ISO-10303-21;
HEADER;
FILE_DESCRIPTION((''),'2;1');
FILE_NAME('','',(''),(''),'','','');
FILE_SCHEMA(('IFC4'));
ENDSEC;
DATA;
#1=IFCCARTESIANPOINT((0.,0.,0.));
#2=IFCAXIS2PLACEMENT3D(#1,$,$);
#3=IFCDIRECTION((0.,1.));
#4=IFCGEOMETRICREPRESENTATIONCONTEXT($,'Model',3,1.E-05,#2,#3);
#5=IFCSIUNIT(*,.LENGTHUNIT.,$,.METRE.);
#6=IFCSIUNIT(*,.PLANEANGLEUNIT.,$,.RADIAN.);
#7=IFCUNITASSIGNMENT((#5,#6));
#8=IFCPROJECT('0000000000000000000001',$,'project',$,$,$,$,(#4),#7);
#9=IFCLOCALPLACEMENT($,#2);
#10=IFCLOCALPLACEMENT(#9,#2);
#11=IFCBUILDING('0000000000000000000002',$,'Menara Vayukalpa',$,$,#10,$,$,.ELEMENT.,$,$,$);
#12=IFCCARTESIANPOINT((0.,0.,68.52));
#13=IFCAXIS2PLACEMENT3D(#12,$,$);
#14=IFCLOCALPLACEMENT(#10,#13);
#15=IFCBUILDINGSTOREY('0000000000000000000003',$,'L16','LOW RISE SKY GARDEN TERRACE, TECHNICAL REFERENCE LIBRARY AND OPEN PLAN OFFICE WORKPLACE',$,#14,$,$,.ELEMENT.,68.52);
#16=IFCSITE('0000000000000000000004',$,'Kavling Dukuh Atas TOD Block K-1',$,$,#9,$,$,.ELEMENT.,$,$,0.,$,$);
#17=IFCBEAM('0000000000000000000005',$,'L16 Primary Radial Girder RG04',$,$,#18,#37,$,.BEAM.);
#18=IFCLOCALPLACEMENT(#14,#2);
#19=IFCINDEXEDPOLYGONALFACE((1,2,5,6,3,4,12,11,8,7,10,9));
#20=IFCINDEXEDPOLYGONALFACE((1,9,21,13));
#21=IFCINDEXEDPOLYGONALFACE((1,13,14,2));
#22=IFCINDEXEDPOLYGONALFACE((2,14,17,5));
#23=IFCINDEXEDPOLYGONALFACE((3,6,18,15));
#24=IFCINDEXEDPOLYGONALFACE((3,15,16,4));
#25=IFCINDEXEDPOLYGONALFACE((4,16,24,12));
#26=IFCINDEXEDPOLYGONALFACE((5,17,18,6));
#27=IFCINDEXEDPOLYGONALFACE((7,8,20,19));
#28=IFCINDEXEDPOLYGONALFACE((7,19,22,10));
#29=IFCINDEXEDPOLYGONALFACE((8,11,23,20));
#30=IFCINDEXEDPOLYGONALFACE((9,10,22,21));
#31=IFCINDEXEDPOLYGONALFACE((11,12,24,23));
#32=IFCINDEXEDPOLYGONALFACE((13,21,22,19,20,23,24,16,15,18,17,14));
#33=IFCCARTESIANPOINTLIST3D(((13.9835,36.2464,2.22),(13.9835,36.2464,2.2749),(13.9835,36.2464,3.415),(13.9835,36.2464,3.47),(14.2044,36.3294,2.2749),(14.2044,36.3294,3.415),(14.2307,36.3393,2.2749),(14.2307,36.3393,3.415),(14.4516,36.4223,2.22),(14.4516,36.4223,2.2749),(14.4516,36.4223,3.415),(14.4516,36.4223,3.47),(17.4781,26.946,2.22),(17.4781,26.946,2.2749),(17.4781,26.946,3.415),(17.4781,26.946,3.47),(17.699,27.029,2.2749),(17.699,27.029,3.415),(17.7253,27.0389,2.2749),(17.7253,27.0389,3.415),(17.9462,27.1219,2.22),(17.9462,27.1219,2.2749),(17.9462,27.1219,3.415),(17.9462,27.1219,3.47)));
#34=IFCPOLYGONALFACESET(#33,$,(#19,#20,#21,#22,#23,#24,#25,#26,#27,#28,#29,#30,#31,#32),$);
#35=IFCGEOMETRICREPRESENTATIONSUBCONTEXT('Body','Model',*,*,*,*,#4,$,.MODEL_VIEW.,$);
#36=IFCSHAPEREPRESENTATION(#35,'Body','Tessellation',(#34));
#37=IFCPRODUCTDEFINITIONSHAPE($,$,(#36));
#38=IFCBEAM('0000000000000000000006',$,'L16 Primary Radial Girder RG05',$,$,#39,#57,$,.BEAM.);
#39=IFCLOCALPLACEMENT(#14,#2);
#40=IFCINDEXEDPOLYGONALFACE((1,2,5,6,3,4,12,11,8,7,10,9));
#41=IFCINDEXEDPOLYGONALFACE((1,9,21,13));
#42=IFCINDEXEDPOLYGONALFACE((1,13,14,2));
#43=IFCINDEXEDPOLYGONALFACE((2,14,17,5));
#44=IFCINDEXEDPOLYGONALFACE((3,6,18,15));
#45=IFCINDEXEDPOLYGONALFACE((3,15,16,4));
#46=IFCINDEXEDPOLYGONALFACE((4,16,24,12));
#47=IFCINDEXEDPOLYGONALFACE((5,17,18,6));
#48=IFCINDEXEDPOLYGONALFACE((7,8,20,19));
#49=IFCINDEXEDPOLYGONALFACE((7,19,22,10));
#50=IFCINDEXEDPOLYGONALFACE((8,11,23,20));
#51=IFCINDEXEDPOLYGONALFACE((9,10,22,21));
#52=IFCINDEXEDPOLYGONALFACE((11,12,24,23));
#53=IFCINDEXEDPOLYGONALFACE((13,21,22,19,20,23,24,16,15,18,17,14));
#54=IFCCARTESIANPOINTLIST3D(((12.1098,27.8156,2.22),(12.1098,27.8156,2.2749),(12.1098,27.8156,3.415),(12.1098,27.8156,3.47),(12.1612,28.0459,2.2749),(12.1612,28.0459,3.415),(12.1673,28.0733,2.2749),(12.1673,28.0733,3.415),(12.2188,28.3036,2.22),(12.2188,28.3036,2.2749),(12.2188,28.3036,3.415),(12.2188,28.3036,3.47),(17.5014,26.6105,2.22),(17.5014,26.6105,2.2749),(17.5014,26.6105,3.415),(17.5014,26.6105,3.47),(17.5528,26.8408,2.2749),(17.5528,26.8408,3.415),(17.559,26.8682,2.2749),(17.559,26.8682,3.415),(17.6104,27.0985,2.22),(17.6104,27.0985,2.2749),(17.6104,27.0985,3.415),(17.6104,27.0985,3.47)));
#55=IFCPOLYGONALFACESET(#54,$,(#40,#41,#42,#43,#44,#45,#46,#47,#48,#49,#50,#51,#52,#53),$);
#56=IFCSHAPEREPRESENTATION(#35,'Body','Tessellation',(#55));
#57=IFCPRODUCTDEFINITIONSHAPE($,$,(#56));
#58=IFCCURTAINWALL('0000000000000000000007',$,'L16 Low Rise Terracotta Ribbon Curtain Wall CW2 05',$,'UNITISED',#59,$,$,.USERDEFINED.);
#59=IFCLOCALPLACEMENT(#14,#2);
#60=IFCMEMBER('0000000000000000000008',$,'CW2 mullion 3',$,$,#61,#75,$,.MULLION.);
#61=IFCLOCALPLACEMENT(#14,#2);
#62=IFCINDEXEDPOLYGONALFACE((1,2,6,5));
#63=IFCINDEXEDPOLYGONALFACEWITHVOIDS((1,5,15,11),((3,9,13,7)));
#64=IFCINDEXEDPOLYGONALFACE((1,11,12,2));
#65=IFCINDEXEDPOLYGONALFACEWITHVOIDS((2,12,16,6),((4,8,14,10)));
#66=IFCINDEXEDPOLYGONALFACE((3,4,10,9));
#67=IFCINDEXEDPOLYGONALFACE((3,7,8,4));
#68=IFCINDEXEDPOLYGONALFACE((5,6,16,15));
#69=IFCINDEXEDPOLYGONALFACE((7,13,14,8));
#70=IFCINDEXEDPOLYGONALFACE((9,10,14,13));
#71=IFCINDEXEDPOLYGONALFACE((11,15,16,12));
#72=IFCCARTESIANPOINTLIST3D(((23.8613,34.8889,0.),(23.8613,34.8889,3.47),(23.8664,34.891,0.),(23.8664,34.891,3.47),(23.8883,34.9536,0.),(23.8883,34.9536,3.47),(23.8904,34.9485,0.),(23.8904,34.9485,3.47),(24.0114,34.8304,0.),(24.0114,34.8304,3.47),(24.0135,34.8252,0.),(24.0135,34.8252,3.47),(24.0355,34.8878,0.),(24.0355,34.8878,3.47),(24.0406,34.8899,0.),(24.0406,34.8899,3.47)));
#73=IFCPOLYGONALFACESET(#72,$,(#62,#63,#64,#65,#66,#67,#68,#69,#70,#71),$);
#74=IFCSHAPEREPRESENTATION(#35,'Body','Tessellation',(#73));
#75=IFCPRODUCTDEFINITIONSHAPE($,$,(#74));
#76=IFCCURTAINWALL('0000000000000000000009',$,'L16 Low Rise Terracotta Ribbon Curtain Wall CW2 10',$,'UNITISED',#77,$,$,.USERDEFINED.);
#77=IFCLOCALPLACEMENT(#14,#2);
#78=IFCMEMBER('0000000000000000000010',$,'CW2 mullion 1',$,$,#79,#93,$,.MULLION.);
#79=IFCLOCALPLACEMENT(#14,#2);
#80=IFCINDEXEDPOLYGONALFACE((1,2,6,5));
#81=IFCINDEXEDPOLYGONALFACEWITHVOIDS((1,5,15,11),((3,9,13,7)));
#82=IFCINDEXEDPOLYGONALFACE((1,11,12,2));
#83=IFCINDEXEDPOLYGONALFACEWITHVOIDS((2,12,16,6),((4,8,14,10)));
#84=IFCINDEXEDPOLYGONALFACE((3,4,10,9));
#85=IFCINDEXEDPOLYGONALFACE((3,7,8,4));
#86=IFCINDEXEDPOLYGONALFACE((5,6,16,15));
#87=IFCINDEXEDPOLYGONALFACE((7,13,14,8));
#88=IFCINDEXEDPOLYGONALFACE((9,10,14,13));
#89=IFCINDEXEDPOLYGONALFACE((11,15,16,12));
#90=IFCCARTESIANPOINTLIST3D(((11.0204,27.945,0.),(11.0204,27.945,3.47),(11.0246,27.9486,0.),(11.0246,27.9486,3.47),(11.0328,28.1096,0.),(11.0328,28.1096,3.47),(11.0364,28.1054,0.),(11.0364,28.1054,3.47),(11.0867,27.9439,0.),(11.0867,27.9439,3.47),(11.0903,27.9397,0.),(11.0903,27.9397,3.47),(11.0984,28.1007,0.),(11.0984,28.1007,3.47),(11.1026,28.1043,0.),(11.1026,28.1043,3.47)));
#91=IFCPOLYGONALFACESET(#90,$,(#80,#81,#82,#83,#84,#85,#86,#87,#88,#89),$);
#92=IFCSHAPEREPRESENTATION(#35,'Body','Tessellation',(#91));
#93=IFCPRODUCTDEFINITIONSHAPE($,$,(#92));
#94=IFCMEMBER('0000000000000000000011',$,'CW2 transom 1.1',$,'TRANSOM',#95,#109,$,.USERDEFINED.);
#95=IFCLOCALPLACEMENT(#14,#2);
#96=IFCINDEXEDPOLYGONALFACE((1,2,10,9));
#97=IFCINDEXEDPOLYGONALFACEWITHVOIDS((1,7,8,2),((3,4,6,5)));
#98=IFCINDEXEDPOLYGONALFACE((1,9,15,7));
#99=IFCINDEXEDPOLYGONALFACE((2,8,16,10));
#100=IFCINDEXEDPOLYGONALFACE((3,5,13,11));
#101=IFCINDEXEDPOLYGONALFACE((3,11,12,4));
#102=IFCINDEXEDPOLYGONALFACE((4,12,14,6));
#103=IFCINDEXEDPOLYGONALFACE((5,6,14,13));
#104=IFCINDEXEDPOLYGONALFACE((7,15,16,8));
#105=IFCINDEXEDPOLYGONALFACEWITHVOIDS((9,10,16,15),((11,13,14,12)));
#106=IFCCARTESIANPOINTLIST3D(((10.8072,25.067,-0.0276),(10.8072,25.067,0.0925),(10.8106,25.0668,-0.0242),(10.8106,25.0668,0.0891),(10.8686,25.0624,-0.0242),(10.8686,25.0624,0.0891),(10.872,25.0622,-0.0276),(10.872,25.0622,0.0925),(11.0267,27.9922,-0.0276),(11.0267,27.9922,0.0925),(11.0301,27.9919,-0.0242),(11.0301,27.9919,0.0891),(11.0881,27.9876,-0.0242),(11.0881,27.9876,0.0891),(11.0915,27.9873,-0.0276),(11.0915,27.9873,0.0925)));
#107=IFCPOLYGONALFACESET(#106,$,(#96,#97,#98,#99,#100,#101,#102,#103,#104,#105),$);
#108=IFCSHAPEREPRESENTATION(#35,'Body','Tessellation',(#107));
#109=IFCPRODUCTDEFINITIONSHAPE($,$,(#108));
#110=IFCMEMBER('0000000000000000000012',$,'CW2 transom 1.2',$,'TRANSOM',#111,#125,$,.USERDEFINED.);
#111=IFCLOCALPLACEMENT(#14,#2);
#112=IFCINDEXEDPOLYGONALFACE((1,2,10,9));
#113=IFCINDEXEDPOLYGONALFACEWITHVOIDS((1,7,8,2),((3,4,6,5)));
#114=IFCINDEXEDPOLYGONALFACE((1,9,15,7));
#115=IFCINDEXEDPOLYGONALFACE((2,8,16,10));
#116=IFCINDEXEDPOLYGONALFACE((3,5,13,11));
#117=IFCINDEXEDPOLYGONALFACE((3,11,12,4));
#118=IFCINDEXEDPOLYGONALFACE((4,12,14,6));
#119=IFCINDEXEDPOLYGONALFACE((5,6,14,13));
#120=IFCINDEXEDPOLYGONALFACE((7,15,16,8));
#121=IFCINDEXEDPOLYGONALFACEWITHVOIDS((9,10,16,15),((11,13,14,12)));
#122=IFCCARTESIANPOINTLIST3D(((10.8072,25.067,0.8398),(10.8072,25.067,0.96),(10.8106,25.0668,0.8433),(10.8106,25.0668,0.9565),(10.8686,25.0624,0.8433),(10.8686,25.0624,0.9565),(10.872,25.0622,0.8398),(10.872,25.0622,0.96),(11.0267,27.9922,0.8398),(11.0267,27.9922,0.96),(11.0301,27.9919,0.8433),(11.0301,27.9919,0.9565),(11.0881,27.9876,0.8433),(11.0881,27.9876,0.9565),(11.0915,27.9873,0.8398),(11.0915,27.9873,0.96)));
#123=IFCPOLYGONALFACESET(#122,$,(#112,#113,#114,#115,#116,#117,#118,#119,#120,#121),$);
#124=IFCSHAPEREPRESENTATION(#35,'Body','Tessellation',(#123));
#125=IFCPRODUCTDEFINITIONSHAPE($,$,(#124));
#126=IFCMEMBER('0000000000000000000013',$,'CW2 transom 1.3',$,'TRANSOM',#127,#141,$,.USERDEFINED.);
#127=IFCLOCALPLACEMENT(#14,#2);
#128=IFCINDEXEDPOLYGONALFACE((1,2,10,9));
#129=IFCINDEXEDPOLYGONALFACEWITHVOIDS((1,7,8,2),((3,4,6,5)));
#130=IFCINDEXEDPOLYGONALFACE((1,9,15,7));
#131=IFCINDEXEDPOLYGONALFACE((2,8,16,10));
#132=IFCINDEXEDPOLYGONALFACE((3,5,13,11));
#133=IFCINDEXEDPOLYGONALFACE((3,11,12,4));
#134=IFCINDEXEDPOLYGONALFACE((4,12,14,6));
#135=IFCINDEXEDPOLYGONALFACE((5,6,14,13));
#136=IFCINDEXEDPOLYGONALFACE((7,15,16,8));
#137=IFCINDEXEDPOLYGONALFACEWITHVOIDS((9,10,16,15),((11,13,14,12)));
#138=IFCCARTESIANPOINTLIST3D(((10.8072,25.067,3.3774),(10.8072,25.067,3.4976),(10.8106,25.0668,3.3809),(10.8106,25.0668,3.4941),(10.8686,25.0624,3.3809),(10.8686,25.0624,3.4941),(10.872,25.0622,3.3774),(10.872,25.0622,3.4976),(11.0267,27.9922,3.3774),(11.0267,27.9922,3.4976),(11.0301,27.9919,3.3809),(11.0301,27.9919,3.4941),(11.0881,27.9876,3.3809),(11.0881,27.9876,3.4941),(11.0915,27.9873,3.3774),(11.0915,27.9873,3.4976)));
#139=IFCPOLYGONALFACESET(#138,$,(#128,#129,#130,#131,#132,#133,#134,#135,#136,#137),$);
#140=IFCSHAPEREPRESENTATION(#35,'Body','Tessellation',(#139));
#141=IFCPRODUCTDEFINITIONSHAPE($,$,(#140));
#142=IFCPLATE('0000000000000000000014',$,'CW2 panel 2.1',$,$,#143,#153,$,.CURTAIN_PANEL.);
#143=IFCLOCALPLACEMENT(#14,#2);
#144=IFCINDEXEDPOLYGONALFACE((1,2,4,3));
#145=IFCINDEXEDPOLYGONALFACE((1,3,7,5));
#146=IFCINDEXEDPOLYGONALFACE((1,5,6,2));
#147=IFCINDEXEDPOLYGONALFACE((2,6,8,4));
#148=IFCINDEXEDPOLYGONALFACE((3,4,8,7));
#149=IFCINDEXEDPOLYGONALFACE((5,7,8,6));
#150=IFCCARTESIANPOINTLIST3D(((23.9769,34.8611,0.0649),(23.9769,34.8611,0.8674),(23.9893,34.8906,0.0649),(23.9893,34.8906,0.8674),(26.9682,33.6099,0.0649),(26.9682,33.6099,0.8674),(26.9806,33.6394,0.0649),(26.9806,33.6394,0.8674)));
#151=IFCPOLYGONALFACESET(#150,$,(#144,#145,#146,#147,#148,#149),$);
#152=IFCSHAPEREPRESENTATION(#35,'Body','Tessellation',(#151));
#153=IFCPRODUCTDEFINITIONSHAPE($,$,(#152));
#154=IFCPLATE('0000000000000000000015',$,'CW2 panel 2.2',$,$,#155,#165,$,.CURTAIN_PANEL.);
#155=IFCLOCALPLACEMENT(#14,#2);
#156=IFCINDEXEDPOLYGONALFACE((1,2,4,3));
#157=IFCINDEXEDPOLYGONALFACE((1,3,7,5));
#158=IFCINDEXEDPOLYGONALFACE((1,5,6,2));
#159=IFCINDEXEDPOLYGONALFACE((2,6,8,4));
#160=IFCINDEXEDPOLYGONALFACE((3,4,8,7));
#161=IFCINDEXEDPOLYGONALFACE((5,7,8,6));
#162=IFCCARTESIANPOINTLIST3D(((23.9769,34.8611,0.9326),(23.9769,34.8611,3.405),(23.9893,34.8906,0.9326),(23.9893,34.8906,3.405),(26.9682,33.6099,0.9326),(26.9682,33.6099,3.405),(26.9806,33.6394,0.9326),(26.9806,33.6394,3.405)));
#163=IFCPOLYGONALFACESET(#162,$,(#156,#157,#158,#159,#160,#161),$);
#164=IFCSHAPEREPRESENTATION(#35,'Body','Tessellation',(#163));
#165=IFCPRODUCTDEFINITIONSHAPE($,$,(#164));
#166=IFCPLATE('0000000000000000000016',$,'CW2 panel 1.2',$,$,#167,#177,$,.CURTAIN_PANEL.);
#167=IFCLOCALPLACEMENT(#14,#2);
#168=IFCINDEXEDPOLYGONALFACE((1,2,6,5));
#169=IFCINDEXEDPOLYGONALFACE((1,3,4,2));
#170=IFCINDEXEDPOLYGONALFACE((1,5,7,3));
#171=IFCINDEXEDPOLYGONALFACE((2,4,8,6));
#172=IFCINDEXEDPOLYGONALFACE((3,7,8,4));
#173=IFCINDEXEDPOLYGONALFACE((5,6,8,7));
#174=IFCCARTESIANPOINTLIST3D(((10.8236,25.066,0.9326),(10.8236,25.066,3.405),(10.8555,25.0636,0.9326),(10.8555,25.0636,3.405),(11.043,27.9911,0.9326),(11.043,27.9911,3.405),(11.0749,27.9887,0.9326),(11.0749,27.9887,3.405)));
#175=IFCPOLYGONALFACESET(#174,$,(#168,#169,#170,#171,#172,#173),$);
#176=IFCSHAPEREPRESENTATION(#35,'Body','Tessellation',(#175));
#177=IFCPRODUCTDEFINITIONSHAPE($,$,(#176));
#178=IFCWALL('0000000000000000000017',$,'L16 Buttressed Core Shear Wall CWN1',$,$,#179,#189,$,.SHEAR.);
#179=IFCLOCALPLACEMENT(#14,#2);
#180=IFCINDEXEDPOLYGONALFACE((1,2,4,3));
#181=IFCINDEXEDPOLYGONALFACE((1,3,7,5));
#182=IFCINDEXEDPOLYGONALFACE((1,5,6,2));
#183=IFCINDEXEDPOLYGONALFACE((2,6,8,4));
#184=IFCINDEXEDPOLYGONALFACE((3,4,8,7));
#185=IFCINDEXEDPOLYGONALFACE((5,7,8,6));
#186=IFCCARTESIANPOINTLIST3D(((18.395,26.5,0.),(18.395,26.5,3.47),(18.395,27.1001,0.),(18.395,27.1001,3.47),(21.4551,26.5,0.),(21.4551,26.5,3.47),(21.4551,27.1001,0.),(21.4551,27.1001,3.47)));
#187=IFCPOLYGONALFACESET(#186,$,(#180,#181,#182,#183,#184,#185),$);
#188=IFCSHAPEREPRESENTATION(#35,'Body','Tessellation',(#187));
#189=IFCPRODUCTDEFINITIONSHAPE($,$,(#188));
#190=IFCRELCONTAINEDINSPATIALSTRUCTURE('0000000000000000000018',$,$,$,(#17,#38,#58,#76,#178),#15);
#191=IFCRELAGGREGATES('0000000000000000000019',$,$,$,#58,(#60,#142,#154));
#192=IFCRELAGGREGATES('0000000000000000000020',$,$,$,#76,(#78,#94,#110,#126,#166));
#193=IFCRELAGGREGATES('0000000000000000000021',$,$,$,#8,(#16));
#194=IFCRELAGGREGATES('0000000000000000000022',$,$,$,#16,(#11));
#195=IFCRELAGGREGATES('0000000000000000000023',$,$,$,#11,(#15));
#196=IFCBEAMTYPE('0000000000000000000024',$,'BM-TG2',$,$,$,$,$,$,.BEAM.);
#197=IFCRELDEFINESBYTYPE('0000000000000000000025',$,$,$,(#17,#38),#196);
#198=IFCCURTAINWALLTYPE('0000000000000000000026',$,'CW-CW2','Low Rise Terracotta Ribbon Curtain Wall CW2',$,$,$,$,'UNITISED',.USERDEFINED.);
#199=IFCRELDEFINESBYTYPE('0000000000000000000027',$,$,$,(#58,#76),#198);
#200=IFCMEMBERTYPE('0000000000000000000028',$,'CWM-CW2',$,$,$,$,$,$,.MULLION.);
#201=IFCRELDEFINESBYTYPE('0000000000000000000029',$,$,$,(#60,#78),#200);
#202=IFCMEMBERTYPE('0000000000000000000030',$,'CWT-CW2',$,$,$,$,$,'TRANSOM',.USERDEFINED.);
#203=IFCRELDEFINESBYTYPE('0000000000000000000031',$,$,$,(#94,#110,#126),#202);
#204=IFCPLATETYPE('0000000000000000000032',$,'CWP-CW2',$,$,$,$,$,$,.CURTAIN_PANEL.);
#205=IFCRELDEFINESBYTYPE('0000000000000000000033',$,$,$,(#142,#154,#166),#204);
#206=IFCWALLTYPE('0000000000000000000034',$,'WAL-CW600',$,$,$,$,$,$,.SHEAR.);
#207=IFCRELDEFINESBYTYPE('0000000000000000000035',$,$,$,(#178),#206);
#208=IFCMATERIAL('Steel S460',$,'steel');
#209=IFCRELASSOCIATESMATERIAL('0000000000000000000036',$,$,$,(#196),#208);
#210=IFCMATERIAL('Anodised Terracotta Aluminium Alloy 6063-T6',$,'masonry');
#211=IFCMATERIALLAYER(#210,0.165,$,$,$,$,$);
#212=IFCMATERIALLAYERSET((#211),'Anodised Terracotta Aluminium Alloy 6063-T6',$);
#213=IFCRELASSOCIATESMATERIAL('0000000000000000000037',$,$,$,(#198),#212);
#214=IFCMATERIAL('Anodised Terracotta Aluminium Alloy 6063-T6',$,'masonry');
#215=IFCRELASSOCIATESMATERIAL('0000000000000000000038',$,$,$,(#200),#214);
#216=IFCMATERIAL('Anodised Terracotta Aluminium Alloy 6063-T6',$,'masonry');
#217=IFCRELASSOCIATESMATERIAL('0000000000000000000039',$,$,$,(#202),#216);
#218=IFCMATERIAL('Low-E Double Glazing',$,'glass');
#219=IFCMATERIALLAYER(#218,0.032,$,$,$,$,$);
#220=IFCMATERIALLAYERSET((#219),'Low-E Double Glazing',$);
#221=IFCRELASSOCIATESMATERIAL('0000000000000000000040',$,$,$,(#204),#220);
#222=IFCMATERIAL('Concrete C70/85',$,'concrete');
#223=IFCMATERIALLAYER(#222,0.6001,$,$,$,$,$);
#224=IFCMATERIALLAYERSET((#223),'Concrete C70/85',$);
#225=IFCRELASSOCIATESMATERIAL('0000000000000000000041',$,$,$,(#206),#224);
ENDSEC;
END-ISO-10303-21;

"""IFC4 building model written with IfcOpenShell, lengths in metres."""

from ifc_helpers import new_model, si_unit, direction, frame, frame_2d, origin, origin_2d, place, context, subcontext, project, spatial, rectangle, hollow_rectangle, i_section, extrude, material, layer, layer_set, material_profile, profile_set, type_object, element, aggregate, save


model = new_model("IFC4")

# Units and contexts
model_context = context("Model", 3, precision=1e-05, world=origin(), true_north=direction((0.0, 1.0)))
body_context = subcontext(model_context, "Body", "Model", "MODEL_VIEW")
ifc_project = project(units=[si_unit("LENGTHUNIT", "METRE"), si_unit("PLANEANGLEUNIT", "RADIAN")], contexts=[model_context])

# Site, building, storey
site_placement = place(None, origin())
site = spatial("IfcSite", under=ifc_project, at=site_placement, Name="Kavling Dukuh Atas TOD Block K-1", CompositionType="ELEMENT", RefElevation=0.0)
building_placement = place(site_placement, origin())
building = spatial("IfcBuilding", under=site, at=building_placement, Name="Menara Vayukalpa", CompositionType="ELEMENT")
storey_placement = place(building_placement, frame((0.0, 0.0, 68.52)))
storey = spatial("IfcBuildingStorey", under=building, at=storey_placement, Name="L16", Description="LOW RISE SKY GARDEN TERRACE, TECHNICAL REFERENCE LIBRARY AND OPEN PLAN OFFICE WORKPLACE", CompositionType="ELEMENT", Elevation=68.52)

# Beams
ifc_material_1 = material(Name="Steel S460", Category="steel")
ifc_material_profile_1 = material_profile(ifc_material_1, i_section(OverallWidth=0.5, OverallDepth=1.25, WebThickness=0.0281, FlangeThickness=0.0549, at=origin_2d()), Name="WG 1250x500x28x55")
ifc_profile_set_1 = profile_set([ifc_material_profile_1], Name="Steel S460")
beam_type_1 = type_object("IfcBeamType", Name="BM-TG2", PredefinedType="BEAM", material=ifc_profile_set_1)
beam_1_placement = place(storey_placement, frame((17.7122, 27.0339, 2.845), z_axis=(-0.351735, 0.9361, 0.0), x_axis=(-0.9361, -0.351735, 0.0)))
element("IfcBeam", 1, at=beam_1_placement, inside=storey, type_object=beam_type_1, Name="L16 Primary Radial Girder RG04", PredefinedType="BEAM", context=body_context, shape_type="SweptSolid", body=[
    extrude(i_section(OverallWidth=0.5, OverallDepth=1.25, WebThickness=0.0281, FlangeThickness=0.0549, at=origin_2d()), origin(), (0.0, 0.0, 1.0), 9.9353),
])
beam_2_placement = place(storey_placement, frame((17.5559, 26.8545, 2.845), z_axis=(-0.97592, 0.218128, 0.0), x_axis=(-0.218128, -0.97592, 0.0)))
element("IfcBeam", 2, at=beam_2_placement, inside=storey, type_object=beam_type_1, Name="L16 Primary Radial Girder RG05", PredefinedType="BEAM", context=body_context, shape_type="SweptSolid", body=[
    extrude(i_section(OverallWidth=0.5, OverallDepth=1.25, WebThickness=0.0281, FlangeThickness=0.0549, at=origin_2d()), origin(), (0.0, 0.0, 1.0), 5.5247),
])

# Curtain wall, member
ifc_material_2 = material(Name="Anodised Terracotta Aluminium Alloy 6063-T6", Category="masonry")
ifc_layer_1 = layer(ifc_material_2, 0.165)
ifc_layer_set_1 = layer_set([ifc_layer_1], Name="Anodised Terracotta Aluminium Alloy 6063-T6")
curtain_wall_type = type_object("IfcCurtainWallType", Name="CW-CW2", Description="Low Rise Terracotta Ribbon Curtain Wall CW2", ElementType="UNITISED", PredefinedType="USERDEFINED", material=ifc_layer_set_1)
curtain_wall_1_placement = place(storey_placement, origin())
curtain_wall_1 = element("IfcCurtainWall", 3, at=curtain_wall_1_placement, inside=storey, type_object=curtain_wall_type, Name="L16 Low Rise Terracotta Ribbon Curtain Wall CW2 05", ObjectType="UNITISED", PredefinedType="USERDEFINED")
ifc_material_3 = material(Name="Anodised Terracotta Aluminium Alloy 6063-T6", Category="masonry")
ifc_material_profile_2 = material_profile(ifc_material_3, hollow_rectangle(XDim=0.0701, YDim=0.165, WallThickness=0.0039, at=origin_2d()), Name="ALU 70x165x4")
ifc_profile_set_2 = profile_set([ifc_material_profile_2], Name="Anodised Terracotta Aluminium Alloy 6063-T6")
member_type_1 = type_object("IfcMemberType", Name="CWM-CW2", PredefinedType="MULLION", material=ifc_profile_set_2)
member_1_placement = place(storey_placement, frame((23.9509, 34.8894, 0.0), z_axis=(0.0, 0.0, 1.0), x_axis=(-0.385895, -0.922543, 0.0)))
member_1 = element("IfcMember", 4, at=member_1_placement, type_object=member_type_1, Name="CW2 mullion 3", PredefinedType="MULLION", context=body_context, shape_type="SweptSolid", body=[
    extrude(hollow_rectangle(XDim=0.0701, YDim=0.165, WallThickness=0.0039, at=origin_2d()), origin(), (0.0, 0.0, 1.0), 3.47),
])

# Curtain wall, members
curtain_wall_2_placement = place(storey_placement, origin())
curtain_wall_2 = element("IfcCurtainWall", 5, at=curtain_wall_2_placement, inside=storey, type_object=curtain_wall_type, Name="L16 Low Rise Terracotta Ribbon Curtain Wall CW2 10", ObjectType="UNITISED", PredefinedType="USERDEFINED")
member_2_placement = place(storey_placement, frame((11.0615, 28.0247, 0.0), z_axis=(0.0, 0.0, 1.0), x_axis=(0.997199, -0.074795, 0.0)))
member_2 = element("IfcMember", 6, at=member_2_placement, type_object=member_type_1, Name="CW2 mullion 1", PredefinedType="MULLION", context=body_context, shape_type="SweptSolid", body=[
    extrude(hollow_rectangle(XDim=0.0701, YDim=0.165, WallThickness=0.0039, at=origin_2d()), origin(), (0.0, 0.0, 1.0), 3.47),
])
ifc_material_4 = material(Name="Anodised Terracotta Aluminium Alloy 6063-T6", Category="masonry")
ifc_material_profile_3 = material_profile(ifc_material_4, hollow_rectangle(XDim=0.0649, YDim=0.1201, WallThickness=0.0034, at=origin_2d()), Name="ALU 65x120x3.5")
ifc_profile_set_3 = profile_set([ifc_material_profile_3], Name="Anodised Terracotta Aluminium Alloy 6063-T6")
member_type_2 = type_object("IfcMemberType", Name="CWT-CW2", ElementType="TRANSOM", PredefinedType="USERDEFINED", material=ifc_profile_set_3)
member_3_placement = place(storey_placement, frame((11.0591, 27.9897, 0.0325), z_axis=(-0.074825, -0.997197, 0.0), x_axis=(0.997197, -0.074825, 0.0)))
member_3 = element("IfcMember", 7, at=member_3_placement, type_object=member_type_2, Name="CW2 transom 1.1", ObjectType="TRANSOM", PredefinedType="USERDEFINED", context=body_context, shape_type="SweptSolid", body=[
    extrude(hollow_rectangle(XDim=0.0649, YDim=0.1201, WallThickness=0.0034, at=origin_2d()), origin(), (0.0, 0.0, 1.0), 2.9333),
])
member_4_placement = place(storey_placement, frame((11.0591, 27.9897, 0.8999), z_axis=(-0.074825, -0.997197, 0.0), x_axis=(0.997197, -0.074825, 0.0)))
member_4 = element("IfcMember", 8, at=member_4_placement, type_object=member_type_2, Name="CW2 transom 1.2", ObjectType="TRANSOM", PredefinedType="USERDEFINED", context=body_context, shape_type="SweptSolid", body=[
    extrude(hollow_rectangle(XDim=0.0649, YDim=0.1201, WallThickness=0.0034, at=origin_2d()), origin(), (0.0, 0.0, 1.0), 2.9333),
])
member_5_placement = place(storey_placement, frame((11.0591, 27.9897, 3.4375), z_axis=(-0.074825, -0.997197, 0.0), x_axis=(0.997197, -0.074825, 0.0)))
member_5 = element("IfcMember", 9, at=member_5_placement, type_object=member_type_2, Name="CW2 transom 1.3", ObjectType="TRANSOM", PredefinedType="USERDEFINED", context=body_context, shape_type="SweptSolid", body=[
    extrude(hollow_rectangle(XDim=0.0649, YDim=0.1201, WallThickness=0.0034, at=origin_2d()), origin(), (0.0, 0.0, 1.0), 2.9333),
])

# Plates
ifc_material_5 = material(Name="Low-E Double Glazing", Category="glass")
ifc_layer_2 = layer(ifc_material_5, 0.032)
ifc_layer_set_2 = layer_set([ifc_layer_2], Name="Low-E Double Glazing")
plate_type = type_object("IfcPlateType", Name="CWP-CW2", PredefinedType="CURTAIN_PANEL", material=ifc_layer_set_2)
plate_1_placement = place(storey_placement, frame((25.4788, 34.2502, 0.0649), z_axis=(0.0, 0.0, 1.0), x_axis=(-0.922543, 0.385895, 0.0)))
plate_1 = element("IfcPlate", 10, at=plate_1_placement, type_object=plate_type, Name="CW2 panel 2.1", PredefinedType="CURTAIN_PANEL", context=body_context, shape_type="SweptSolid", body=[
    extrude(rectangle(XDim=3.2424, YDim=0.032, at=origin_2d()), origin(), (0.0, 0.0, 1.0), 0.8025),
])
plate_2_placement = place(storey_placement, frame((25.4788, 34.2502, 0.9326), z_axis=(0.0, 0.0, 1.0), x_axis=(-0.922543, 0.385895, 0.0)))
plate_2 = element("IfcPlate", 11, at=plate_2_placement, type_object=plate_type, Name="CW2 panel 2.2", PredefinedType="CURTAIN_PANEL", context=body_context, shape_type="SweptSolid", body=[
    extrude(rectangle(XDim=3.2424, YDim=0.032, at=origin_2d()), origin(), (0.0, 0.0, 1.0), 2.4724),
])
aggregate(curtain_wall_1, [member_1, plate_1, plate_2])
plate_3_placement = place(storey_placement, frame((10.9492, 26.5273, 0.9326), z_axis=(0.0, 0.0, 1.0), x_axis=(-0.074795, -0.997199, 0.0)))
plate_3 = element("IfcPlate", 12, at=plate_3_placement, type_object=plate_type, Name="CW2 panel 1.2", PredefinedType="CURTAIN_PANEL", context=body_context, shape_type="SweptSolid", body=[
    extrude(rectangle(XDim=2.9333, YDim=0.032, at=origin_2d()), origin(), (0.0, 0.0, 1.0), 2.4724),
])
aggregate(curtain_wall_2, [member_2, member_3, member_4, member_5, plate_3])

# Wall
ifc_material_6 = material(Name="Concrete C70/85", Category="concrete")
ifc_layer_3 = layer(ifc_material_6, 0.6001)
ifc_layer_set_3 = layer_set([ifc_layer_3], Name="Concrete C70/85")
wall_type_1 = type_object("IfcWallType", Name="WAL-CW600", PredefinedType="SHEAR", material=ifc_layer_set_3)
wall_1_placement = place(storey_placement, frame((18.395, 26.8, 0.0), z_axis=(0.0, 0.0, 1.0), x_axis=(1.0, 0.0, 0.0)))
element("IfcWall", 13, at=wall_1_placement, inside=storey, type_object=wall_type_1, Name="L16 Buttressed Core Shear Wall CWN1", PredefinedType="SHEAR", context=body_context, shape_type="SweptSolid", body=[
    extrude(rectangle(XDim=3.0601, YDim=0.6001, at=frame_2d((1.53, 0.0))), origin(), (0.0, 0.0, 1.0), 3.47),
])

save(model, "model.ifc")
